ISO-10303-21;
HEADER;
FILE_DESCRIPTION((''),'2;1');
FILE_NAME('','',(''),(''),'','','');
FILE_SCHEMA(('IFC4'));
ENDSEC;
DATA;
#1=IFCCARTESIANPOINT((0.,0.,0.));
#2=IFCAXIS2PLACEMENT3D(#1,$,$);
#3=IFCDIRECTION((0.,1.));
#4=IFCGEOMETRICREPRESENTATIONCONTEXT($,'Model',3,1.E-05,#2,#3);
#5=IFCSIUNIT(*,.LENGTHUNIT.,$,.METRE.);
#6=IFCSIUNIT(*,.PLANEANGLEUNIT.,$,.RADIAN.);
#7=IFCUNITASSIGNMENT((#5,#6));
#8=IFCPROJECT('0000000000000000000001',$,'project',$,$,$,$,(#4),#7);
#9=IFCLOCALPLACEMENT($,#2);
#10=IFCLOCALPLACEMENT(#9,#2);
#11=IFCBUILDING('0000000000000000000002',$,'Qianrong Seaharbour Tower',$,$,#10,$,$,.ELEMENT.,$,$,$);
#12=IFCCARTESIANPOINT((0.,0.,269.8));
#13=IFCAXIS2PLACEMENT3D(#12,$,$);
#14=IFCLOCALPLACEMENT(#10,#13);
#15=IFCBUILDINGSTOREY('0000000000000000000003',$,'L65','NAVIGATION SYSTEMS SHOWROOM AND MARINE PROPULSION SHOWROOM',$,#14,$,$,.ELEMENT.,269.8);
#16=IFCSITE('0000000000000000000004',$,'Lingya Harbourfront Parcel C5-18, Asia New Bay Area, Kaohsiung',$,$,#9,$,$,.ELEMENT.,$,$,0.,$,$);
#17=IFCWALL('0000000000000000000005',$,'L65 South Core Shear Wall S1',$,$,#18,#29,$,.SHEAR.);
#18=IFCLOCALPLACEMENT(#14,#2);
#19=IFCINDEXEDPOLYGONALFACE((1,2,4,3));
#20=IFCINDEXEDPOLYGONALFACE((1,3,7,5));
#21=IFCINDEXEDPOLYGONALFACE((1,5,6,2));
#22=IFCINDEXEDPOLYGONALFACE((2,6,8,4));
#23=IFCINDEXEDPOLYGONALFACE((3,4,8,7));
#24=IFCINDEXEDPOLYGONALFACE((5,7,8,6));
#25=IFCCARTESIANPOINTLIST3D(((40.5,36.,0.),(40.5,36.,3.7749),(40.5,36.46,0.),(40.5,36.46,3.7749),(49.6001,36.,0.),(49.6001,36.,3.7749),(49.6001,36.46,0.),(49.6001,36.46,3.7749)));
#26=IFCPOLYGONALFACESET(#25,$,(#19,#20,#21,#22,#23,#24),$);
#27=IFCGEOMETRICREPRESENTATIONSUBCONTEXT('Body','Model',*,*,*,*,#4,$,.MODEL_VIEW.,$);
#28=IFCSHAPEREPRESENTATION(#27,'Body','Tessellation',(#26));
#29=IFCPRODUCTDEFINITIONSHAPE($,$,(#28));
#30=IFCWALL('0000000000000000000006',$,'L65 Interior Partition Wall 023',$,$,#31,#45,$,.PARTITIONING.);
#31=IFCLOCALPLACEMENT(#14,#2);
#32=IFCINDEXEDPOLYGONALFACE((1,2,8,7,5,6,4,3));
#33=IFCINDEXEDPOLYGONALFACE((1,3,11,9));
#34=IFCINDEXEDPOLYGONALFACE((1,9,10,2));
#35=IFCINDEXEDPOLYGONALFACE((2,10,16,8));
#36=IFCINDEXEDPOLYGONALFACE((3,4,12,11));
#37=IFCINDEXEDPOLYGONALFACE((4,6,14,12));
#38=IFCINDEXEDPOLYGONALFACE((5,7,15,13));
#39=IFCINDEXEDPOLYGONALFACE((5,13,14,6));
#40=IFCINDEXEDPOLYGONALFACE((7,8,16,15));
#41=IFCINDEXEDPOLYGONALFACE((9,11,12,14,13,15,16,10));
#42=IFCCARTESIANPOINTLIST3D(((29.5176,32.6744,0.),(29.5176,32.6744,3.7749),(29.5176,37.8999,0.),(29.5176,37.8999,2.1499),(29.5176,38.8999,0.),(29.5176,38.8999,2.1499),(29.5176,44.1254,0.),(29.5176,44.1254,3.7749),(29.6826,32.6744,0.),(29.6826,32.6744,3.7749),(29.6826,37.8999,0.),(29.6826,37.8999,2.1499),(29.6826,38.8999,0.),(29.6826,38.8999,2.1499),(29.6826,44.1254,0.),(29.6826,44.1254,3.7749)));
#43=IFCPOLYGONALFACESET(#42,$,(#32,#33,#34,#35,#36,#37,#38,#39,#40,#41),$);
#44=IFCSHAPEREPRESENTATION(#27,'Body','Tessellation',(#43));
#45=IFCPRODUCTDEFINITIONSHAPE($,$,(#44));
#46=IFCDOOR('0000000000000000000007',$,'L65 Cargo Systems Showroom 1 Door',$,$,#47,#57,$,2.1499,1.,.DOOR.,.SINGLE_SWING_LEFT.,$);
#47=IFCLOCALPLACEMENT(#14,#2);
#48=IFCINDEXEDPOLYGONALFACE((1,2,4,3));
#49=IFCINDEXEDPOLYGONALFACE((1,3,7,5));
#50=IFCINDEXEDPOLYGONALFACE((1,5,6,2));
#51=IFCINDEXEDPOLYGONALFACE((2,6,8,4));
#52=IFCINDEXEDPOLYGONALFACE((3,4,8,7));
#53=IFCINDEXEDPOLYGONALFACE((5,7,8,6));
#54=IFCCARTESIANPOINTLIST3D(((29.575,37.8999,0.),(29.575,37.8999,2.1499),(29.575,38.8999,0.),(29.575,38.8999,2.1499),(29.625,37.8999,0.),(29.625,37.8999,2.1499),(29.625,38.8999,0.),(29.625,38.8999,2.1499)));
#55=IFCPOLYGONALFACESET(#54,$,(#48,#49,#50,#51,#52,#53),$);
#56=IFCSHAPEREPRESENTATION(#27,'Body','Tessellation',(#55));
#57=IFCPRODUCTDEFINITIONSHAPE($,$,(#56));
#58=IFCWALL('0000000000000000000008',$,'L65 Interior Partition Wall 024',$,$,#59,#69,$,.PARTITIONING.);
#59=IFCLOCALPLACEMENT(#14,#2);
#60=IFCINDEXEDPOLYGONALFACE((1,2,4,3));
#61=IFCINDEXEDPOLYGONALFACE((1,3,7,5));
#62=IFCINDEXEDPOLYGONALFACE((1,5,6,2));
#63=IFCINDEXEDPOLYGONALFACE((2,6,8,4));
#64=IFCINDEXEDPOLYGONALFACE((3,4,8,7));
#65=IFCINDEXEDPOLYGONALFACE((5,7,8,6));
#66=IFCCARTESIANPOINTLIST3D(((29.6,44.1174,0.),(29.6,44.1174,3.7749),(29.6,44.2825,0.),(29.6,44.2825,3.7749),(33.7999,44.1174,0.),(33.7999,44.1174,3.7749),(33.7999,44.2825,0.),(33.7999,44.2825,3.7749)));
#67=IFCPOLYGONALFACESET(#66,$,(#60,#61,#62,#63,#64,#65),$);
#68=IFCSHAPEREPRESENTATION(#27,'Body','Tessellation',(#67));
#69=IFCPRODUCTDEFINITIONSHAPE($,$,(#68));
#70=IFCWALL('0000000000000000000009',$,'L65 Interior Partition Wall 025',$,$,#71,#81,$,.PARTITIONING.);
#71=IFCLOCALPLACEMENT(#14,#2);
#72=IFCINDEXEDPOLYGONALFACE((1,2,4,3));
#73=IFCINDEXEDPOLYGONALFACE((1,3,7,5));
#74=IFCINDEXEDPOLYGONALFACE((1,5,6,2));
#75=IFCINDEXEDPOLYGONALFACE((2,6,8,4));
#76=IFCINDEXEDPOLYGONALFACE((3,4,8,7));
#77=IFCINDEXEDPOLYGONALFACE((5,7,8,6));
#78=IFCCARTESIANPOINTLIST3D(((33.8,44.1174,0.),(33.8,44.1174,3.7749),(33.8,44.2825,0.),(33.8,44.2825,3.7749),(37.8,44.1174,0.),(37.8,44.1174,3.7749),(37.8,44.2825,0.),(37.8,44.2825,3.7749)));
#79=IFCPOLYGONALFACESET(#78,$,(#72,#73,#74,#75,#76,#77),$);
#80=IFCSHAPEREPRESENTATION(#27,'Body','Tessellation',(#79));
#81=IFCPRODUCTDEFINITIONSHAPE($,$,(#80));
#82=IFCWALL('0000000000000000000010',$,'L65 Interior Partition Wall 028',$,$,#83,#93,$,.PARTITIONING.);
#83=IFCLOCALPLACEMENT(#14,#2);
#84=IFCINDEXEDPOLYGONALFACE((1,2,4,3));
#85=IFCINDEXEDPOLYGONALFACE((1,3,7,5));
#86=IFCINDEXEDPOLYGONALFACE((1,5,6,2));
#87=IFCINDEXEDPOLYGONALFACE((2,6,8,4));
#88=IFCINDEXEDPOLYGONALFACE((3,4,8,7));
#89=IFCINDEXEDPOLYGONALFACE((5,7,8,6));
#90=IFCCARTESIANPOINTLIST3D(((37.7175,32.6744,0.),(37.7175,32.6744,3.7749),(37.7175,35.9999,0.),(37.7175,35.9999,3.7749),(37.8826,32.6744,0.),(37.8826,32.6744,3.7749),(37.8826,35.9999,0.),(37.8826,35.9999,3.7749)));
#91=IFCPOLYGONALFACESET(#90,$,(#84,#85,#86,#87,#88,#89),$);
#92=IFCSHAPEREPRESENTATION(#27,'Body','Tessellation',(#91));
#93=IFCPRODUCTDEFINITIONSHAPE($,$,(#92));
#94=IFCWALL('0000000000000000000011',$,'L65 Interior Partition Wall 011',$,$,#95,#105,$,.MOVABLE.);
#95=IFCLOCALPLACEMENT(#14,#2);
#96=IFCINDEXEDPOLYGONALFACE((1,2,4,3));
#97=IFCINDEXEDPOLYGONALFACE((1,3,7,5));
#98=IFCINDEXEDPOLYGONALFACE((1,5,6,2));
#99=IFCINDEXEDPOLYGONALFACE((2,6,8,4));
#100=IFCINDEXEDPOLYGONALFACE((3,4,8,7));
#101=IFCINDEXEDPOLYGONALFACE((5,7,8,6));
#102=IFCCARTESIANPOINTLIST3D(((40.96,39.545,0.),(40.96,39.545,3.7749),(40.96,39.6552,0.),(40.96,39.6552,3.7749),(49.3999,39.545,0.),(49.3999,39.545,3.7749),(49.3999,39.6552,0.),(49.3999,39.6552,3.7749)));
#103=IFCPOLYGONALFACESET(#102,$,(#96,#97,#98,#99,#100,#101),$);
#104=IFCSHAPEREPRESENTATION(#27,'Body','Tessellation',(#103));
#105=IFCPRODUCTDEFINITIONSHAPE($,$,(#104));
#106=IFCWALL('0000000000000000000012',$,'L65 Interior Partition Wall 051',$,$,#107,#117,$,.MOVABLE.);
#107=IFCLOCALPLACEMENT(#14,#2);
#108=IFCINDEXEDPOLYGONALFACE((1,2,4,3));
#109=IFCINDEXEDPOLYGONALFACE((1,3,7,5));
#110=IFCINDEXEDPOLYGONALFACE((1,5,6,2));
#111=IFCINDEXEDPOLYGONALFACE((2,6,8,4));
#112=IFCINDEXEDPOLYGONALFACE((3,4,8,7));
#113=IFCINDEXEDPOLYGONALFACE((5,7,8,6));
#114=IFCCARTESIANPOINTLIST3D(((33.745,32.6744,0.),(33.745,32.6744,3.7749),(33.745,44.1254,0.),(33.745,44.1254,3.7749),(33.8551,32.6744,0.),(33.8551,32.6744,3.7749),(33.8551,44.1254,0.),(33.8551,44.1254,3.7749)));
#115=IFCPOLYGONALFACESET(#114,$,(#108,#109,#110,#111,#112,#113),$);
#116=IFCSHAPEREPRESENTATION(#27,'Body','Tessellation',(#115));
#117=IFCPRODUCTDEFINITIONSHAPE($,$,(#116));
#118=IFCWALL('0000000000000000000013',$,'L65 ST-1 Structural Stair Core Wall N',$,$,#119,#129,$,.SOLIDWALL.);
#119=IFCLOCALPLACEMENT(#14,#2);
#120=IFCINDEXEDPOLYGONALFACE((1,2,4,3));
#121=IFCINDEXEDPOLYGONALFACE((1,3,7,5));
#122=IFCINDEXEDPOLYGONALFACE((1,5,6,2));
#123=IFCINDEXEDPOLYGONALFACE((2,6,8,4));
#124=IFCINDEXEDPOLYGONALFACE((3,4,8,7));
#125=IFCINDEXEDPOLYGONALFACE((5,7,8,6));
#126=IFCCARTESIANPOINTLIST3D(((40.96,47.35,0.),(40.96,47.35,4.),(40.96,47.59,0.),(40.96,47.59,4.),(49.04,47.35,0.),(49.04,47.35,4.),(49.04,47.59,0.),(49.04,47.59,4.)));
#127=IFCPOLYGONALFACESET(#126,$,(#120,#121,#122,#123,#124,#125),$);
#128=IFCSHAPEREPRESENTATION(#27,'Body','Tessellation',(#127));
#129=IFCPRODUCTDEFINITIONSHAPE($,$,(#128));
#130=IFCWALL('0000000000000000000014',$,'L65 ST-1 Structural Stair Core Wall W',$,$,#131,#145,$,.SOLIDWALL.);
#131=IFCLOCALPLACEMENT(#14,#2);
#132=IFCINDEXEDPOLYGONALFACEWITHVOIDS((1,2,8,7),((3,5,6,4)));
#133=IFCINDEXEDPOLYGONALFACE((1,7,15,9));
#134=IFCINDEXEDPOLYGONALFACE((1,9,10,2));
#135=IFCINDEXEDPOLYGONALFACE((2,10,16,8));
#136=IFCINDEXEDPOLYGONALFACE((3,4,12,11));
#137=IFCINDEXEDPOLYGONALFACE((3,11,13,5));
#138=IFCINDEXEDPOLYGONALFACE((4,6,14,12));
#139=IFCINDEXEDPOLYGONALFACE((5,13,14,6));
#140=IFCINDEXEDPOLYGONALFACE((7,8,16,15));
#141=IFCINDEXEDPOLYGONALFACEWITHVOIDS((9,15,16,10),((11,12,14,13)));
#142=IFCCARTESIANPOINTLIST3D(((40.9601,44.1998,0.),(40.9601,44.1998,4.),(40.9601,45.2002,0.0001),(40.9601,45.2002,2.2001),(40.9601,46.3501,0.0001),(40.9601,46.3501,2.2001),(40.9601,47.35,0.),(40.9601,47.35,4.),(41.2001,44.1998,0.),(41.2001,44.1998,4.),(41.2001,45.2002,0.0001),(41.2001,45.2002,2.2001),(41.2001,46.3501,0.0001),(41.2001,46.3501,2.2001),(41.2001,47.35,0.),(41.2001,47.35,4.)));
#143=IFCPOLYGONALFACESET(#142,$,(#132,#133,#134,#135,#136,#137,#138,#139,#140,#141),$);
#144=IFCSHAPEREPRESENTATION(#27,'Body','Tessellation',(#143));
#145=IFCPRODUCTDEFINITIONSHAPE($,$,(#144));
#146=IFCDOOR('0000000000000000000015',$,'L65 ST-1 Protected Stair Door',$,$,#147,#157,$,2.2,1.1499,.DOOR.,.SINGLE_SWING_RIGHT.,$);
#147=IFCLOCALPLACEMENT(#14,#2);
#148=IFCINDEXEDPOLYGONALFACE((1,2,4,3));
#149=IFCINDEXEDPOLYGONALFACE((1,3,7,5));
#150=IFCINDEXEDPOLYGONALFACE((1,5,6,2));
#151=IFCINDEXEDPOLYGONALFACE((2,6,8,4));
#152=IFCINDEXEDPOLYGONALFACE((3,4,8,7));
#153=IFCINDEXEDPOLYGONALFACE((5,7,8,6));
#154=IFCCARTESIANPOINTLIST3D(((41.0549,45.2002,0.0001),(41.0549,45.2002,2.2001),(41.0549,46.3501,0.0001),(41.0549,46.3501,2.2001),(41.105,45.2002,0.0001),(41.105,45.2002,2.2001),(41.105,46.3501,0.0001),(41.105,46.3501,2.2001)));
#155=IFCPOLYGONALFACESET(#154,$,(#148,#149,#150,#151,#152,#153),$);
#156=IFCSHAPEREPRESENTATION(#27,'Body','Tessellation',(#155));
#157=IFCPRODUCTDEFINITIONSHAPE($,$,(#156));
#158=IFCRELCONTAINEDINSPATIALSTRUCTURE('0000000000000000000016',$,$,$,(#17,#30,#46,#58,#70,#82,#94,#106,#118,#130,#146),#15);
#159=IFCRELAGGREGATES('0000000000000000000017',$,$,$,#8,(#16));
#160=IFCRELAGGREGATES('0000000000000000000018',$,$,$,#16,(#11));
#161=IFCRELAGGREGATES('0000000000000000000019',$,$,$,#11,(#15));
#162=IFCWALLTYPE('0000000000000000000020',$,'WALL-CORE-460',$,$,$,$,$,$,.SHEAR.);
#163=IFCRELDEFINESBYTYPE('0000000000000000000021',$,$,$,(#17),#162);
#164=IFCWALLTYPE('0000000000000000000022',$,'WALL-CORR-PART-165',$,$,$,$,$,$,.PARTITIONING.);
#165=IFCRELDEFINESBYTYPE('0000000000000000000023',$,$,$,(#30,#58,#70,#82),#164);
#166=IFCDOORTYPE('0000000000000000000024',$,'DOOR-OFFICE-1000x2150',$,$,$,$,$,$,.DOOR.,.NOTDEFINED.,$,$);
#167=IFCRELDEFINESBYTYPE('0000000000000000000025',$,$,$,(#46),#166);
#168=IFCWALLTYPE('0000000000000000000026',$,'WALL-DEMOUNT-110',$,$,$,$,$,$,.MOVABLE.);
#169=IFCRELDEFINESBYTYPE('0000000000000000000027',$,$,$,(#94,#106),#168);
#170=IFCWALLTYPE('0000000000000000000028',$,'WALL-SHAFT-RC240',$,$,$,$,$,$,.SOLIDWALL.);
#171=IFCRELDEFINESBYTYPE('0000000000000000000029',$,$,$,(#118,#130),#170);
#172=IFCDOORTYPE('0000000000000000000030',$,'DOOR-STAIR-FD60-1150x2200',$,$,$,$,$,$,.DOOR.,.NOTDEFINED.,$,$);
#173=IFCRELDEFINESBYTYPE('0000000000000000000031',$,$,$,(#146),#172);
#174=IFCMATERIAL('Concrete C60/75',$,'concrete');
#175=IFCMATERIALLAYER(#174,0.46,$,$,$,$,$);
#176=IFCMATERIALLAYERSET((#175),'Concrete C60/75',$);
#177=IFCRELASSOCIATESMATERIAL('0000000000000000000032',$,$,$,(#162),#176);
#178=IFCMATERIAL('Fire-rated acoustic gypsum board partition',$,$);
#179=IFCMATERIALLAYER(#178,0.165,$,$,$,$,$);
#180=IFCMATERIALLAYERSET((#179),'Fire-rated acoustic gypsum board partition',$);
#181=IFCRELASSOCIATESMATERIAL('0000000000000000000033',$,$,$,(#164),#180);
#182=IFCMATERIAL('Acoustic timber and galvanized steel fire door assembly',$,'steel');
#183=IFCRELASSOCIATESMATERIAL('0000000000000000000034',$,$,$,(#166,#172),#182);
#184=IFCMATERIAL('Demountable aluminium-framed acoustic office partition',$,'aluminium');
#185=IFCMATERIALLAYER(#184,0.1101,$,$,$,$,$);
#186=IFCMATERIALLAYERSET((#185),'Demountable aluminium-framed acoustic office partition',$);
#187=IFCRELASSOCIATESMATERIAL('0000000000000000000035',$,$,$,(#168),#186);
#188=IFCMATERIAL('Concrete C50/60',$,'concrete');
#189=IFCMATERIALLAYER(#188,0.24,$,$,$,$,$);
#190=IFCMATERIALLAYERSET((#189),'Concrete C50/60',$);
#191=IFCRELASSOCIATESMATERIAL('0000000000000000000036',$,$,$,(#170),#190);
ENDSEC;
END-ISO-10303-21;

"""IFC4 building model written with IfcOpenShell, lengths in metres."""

from ifc_helpers import new_model, si_unit, direction, frame, frame_2d, origin, place, context, subcontext, project, spatial, rectangle, extrude, material, layer, layer_set, type_object, element, fill, save


model = new_model("IFC4")

# Units and contexts
model_context = context("Model", 3, precision=1e-05, world=origin(), true_north=direction((0.0, 1.0)))
body_context = subcontext(model_context, "Body", "Model", "MODEL_VIEW")
ifc_project = project(units=[si_unit("LENGTHUNIT", "METRE"), si_unit("PLANEANGLEUNIT", "RADIAN")], contexts=[model_context])

# Site, building, storey
site_placement = place(None, origin())
site = spatial("IfcSite", under=ifc_project, at=site_placement, Name="Lingya Harbourfront Parcel C5-18, Asia New Bay Area, Kaohsiung", CompositionType="ELEMENT", RefElevation=0.0)
building_placement = place(site_placement, origin())
building = spatial("IfcBuilding", under=site, at=building_placement, Name="Qianrong Seaharbour Tower", CompositionType="ELEMENT")
storey_placement = place(building_placement, frame((0.0, 0.0, 269.8)))
storey = spatial("IfcBuildingStorey", under=building, at=storey_placement, Name="L65", Description="NAVIGATION SYSTEMS SHOWROOM AND MARINE PROPULSION SHOWROOM", CompositionType="ELEMENT", Elevation=269.8)

# Shared definitions
ifc_material_1 = material(Name="Concrete C60/75", Category="concrete")

# Wall
ifc_layer_1 = layer(ifc_material_1, 0.46)
ifc_layer_set_1 = layer_set([ifc_layer_1], Name="Concrete C60/75")
wall_type_1 = type_object("IfcWallType", Name="WALL-CORE-460", PredefinedType="SHEAR", material=ifc_layer_set_1)
wall_1_placement = place(storey_placement, frame((40.5, 36.23, 0.0), z_axis=(0.0, 0.0, 1.0), x_axis=(1.0, 0.0, 0.0)))
element("IfcWall", 1, at=wall_1_placement, inside=storey, type_object=wall_type_1, Name="L65 South Core Shear Wall S1", PredefinedType="SHEAR", context=body_context, shape_type="SweptSolid", body=[
    extrude(rectangle(XDim=9.1001, YDim=0.46, at=frame_2d((4.55, 0.0))), origin(), (0.0, 0.0, 1.0), 3.7749),
])

# Wall, opening, door
ifc_material_2 = material(Name="Fire-rated acoustic gypsum board partition")
ifc_layer_2 = layer(ifc_material_2, 0.165)
ifc_layer_set_2 = layer_set([ifc_layer_2], Name="Fire-rated acoustic gypsum board partition")
wall_type_2 = type_object("IfcWallType", Name="WALL-CORR-PART-165", PredefinedType="PARTITIONING", material=ifc_layer_set_2)
ifc_material_3 = material(Name="Acoustic timber and galvanized steel fire door assembly", Category="steel")
wall_2_placement = place(storey_placement, frame((29.6001, 44.1255, 0.0), z_axis=(0.0, 0.0, 1.0), x_axis=(0.0, -1.0, 0.0)))
wall_2 = element("IfcWall", 2, at=wall_2_placement, inside=storey, type_object=wall_type_2, Name="L65 Interior Partition Wall 023", PredefinedType="PARTITIONING", context=body_context, shape_type="SweptSolid", body=[
    extrude(rectangle(XDim=11.4509, YDim=0.165, at=frame_2d((5.7256, 0.0))), origin(), (0.0, 0.0, 1.0), 3.7749),
])
opening_1_placement = place(wall_2_placement, frame((5.2256, 0.0, 0.0)))
opening_1 = element("IfcOpeningElement", 3, at=opening_1_placement, cuts=wall_2, PredefinedType="OPENING", context=body_context, shape_type="SweptSolid", body=[
    extrude(rectangle(XDim=1.0, YDim=2.1499, at=frame_2d((0.5, 1.075))), frame((0.0, 0.0925, 0.0), z_axis=(0.0, -1.0, 0.0), x_axis=(1.0, 0.0, 0.0)), (0.0, 0.0, 1.0), 0.1851),
])
door_type_1 = type_object("IfcDoorType", Name="DOOR-OFFICE-1000x2150", OperationType="NOTDEFINED", PredefinedType="DOOR", material=ifc_material_3)
door_1_placement = place(opening_1_placement, origin())
door_1 = element("IfcDoor", 4, at=door_1_placement, inside=storey, type_object=door_type_1, Name="L65 Cargo Systems Showroom 1 Door", OperationType="SINGLE_SWING_LEFT", OverallHeight=2.1499, OverallWidth=1.0, PredefinedType="DOOR", context=body_context, shape_type="SweptSolid", body=[
    extrude(rectangle(XDim=1.0, YDim=2.1499, at=frame_2d((0.5, 1.075))), frame((0.0, 0.0249, 0.0), z_axis=(0.0, -1.0, 0.0), x_axis=(1.0, 0.0, 0.0)), (0.0, 0.0, 1.0), 0.05),
])
fill(opening_1, door_1)

# Walls
wall_3_placement = place(storey_placement, frame((33.8, 44.2, 0.0), z_axis=(0.0, 0.0, 1.0), x_axis=(-1.0, 0.0, 0.0)))
element("IfcWall", 5, at=wall_3_placement, inside=storey, type_object=wall_type_2, Name="L65 Interior Partition Wall 024", PredefinedType="PARTITIONING", context=body_context, shape_type="SweptSolid", body=[
    extrude(rectangle(XDim=4.2, YDim=0.165, at=frame_2d((2.1001, 0.0))), origin(), (0.0, 0.0, 1.0), 3.7749),
])
wall_4_placement = place(storey_placement, frame((37.8, 44.2, 0.0), z_axis=(0.0, 0.0, 1.0), x_axis=(-1.0, 0.0, 0.0)))
element("IfcWall", 6, at=wall_4_placement, inside=storey, type_object=wall_type_2, Name="L65 Interior Partition Wall 025", PredefinedType="PARTITIONING", context=body_context, shape_type="SweptSolid", body=[
    extrude(rectangle(XDim=4.0, YDim=0.165, at=frame_2d((2.0, 0.0))), origin(), (0.0, 0.0, 1.0), 3.7749),
])
wall_5_placement = place(storey_placement, frame((37.8, 32.6746, 0.0), z_axis=(0.0, 0.0, 1.0), x_axis=(0.0, 1.0, 0.0)))
element("IfcWall", 7, at=wall_5_placement, inside=storey, type_object=wall_type_2, Name="L65 Interior Partition Wall 028", PredefinedType="PARTITIONING", context=body_context, shape_type="SweptSolid", body=[
    extrude(rectangle(XDim=3.3254, YDim=0.165, at=frame_2d((1.6626, 0.0))), origin(), (0.0, 0.0, 1.0), 3.7749),
])
ifc_material_4 = material(Name="Demountable aluminium-framed acoustic office partition", Category="aluminium")
ifc_layer_3 = layer(ifc_material_4, 0.1101)
ifc_layer_set_3 = layer_set([ifc_layer_3], Name="Demountable aluminium-framed acoustic office partition")
wall_type_3 = type_object("IfcWallType", Name="WALL-DEMOUNT-110", PredefinedType="MOVABLE", material=ifc_layer_set_3)
wall_6_placement = place(storey_placement, frame((40.96, 39.6001, 0.0), z_axis=(0.0, 0.0, 1.0), x_axis=(1.0, 0.0, 0.0)))
element("IfcWall", 8, at=wall_6_placement, inside=storey, type_object=wall_type_3, Name="L65 Interior Partition Wall 011", PredefinedType="MOVABLE", context=body_context, shape_type="SweptSolid", body=[
    extrude(rectangle(XDim=8.4399, YDim=0.1101, at=frame_2d((4.22, 0.0))), origin(), (0.0, 0.0, 1.0), 3.7749),
])
wall_7_placement = place(storey_placement, frame((33.8, 44.1255, 0.0), z_axis=(0.0, 0.0, 1.0), x_axis=(0.0, -1.0, 0.0)))
element("IfcWall", 9, at=wall_7_placement, inside=storey, type_object=wall_type_3, Name="L65 Interior Partition Wall 051", PredefinedType="MOVABLE", context=body_context, shape_type="SweptSolid", body=[
    extrude(rectangle(XDim=11.4509, YDim=0.1101, at=frame_2d((5.7256, 0.0))), origin(), (0.0, 0.0, 1.0), 3.7749),
])
ifc_material_5 = material(Name="Concrete C50/60", Category="concrete")
ifc_layer_4 = layer(ifc_material_5, 0.24)
ifc_layer_set_4 = layer_set([ifc_layer_4], Name="Concrete C50/60")
wall_type_4 = type_object("IfcWallType", Name="WALL-SHAFT-RC240", PredefinedType="SOLIDWALL", material=ifc_layer_set_4)
wall_8_placement = place(storey_placement, frame((40.96, 47.47, 0.0), z_axis=(0.0, 0.0, 1.0), x_axis=(1.0, 0.0, 0.0)))
element("IfcWall", 10, at=wall_8_placement, inside=storey, type_object=wall_type_4, Name="L65 ST-1 Structural Stair Core Wall N", PredefinedType="SOLIDWALL", context=body_context, shape_type="SweptSolid", body=[
    extrude(rectangle(XDim=8.0801, YDim=0.24, at=frame_2d((4.04, 0.0))), origin(), (0.0, 0.0, 1.0), 4.0),
])

# Wall, opening, door
wall_9_placement = place(storey_placement, frame((41.0801, 47.3501, 0.0), z_axis=(0.0, 0.0, 1.0), x_axis=(0.0, -1.0, 0.0)))
wall_9 = element("IfcWall", 11, at=wall_9_placement, inside=storey, type_object=wall_type_4, Name="L65 ST-1 Structural Stair Core Wall W", PredefinedType="SOLIDWALL", context=body_context, shape_type="SweptSolid", body=[
    extrude(rectangle(XDim=3.1501, YDim=0.24, at=frame_2d((1.5752, 0.0))), origin(), (0.0, 0.0, 1.0), 4.0),
])
opening_2_placement = place(wall_9_placement, frame((1.0, 0.0, 0.0)))
opening_2 = element("IfcOpeningElement", 12, at=opening_2_placement, cuts=wall_9, PredefinedType="OPENING", context=body_context, shape_type="SweptSolid", body=[
    extrude(rectangle(XDim=1.1499, YDim=2.2, at=frame_2d((0.575, 1.1001))), frame((0.0, 0.1299, 0.0), z_axis=(0.0, -1.0, 0.0), x_axis=(1.0, 0.0, 0.0)), (0.0, 0.0, 1.0), 0.26),
])
door_type_2 = type_object("IfcDoorType", Name="DOOR-STAIR-FD60-1150x2200", OperationType="NOTDEFINED", PredefinedType="DOOR", material=ifc_material_3)
door_2_placement = place(opening_2_placement, origin())
door_2 = element("IfcDoor", 13, at=door_2_placement, inside=storey, type_object=door_type_2, Name="L65 ST-1 Protected Stair Door", OperationType="SINGLE_SWING_RIGHT", OverallHeight=2.2, OverallWidth=1.1499, PredefinedType="DOOR", context=body_context, shape_type="SweptSolid", body=[
    extrude(rectangle(XDim=1.1499, YDim=2.2, at=frame_2d((0.575, 1.1001))), frame((0.0, 0.0249, 0.0), z_axis=(0.0, -1.0, 0.0), x_axis=(1.0, 0.0, 0.0)), (0.0, 0.0, 1.0), 0.05),
])
fill(opening_2, door_2)

save(model, "model.ifc")
